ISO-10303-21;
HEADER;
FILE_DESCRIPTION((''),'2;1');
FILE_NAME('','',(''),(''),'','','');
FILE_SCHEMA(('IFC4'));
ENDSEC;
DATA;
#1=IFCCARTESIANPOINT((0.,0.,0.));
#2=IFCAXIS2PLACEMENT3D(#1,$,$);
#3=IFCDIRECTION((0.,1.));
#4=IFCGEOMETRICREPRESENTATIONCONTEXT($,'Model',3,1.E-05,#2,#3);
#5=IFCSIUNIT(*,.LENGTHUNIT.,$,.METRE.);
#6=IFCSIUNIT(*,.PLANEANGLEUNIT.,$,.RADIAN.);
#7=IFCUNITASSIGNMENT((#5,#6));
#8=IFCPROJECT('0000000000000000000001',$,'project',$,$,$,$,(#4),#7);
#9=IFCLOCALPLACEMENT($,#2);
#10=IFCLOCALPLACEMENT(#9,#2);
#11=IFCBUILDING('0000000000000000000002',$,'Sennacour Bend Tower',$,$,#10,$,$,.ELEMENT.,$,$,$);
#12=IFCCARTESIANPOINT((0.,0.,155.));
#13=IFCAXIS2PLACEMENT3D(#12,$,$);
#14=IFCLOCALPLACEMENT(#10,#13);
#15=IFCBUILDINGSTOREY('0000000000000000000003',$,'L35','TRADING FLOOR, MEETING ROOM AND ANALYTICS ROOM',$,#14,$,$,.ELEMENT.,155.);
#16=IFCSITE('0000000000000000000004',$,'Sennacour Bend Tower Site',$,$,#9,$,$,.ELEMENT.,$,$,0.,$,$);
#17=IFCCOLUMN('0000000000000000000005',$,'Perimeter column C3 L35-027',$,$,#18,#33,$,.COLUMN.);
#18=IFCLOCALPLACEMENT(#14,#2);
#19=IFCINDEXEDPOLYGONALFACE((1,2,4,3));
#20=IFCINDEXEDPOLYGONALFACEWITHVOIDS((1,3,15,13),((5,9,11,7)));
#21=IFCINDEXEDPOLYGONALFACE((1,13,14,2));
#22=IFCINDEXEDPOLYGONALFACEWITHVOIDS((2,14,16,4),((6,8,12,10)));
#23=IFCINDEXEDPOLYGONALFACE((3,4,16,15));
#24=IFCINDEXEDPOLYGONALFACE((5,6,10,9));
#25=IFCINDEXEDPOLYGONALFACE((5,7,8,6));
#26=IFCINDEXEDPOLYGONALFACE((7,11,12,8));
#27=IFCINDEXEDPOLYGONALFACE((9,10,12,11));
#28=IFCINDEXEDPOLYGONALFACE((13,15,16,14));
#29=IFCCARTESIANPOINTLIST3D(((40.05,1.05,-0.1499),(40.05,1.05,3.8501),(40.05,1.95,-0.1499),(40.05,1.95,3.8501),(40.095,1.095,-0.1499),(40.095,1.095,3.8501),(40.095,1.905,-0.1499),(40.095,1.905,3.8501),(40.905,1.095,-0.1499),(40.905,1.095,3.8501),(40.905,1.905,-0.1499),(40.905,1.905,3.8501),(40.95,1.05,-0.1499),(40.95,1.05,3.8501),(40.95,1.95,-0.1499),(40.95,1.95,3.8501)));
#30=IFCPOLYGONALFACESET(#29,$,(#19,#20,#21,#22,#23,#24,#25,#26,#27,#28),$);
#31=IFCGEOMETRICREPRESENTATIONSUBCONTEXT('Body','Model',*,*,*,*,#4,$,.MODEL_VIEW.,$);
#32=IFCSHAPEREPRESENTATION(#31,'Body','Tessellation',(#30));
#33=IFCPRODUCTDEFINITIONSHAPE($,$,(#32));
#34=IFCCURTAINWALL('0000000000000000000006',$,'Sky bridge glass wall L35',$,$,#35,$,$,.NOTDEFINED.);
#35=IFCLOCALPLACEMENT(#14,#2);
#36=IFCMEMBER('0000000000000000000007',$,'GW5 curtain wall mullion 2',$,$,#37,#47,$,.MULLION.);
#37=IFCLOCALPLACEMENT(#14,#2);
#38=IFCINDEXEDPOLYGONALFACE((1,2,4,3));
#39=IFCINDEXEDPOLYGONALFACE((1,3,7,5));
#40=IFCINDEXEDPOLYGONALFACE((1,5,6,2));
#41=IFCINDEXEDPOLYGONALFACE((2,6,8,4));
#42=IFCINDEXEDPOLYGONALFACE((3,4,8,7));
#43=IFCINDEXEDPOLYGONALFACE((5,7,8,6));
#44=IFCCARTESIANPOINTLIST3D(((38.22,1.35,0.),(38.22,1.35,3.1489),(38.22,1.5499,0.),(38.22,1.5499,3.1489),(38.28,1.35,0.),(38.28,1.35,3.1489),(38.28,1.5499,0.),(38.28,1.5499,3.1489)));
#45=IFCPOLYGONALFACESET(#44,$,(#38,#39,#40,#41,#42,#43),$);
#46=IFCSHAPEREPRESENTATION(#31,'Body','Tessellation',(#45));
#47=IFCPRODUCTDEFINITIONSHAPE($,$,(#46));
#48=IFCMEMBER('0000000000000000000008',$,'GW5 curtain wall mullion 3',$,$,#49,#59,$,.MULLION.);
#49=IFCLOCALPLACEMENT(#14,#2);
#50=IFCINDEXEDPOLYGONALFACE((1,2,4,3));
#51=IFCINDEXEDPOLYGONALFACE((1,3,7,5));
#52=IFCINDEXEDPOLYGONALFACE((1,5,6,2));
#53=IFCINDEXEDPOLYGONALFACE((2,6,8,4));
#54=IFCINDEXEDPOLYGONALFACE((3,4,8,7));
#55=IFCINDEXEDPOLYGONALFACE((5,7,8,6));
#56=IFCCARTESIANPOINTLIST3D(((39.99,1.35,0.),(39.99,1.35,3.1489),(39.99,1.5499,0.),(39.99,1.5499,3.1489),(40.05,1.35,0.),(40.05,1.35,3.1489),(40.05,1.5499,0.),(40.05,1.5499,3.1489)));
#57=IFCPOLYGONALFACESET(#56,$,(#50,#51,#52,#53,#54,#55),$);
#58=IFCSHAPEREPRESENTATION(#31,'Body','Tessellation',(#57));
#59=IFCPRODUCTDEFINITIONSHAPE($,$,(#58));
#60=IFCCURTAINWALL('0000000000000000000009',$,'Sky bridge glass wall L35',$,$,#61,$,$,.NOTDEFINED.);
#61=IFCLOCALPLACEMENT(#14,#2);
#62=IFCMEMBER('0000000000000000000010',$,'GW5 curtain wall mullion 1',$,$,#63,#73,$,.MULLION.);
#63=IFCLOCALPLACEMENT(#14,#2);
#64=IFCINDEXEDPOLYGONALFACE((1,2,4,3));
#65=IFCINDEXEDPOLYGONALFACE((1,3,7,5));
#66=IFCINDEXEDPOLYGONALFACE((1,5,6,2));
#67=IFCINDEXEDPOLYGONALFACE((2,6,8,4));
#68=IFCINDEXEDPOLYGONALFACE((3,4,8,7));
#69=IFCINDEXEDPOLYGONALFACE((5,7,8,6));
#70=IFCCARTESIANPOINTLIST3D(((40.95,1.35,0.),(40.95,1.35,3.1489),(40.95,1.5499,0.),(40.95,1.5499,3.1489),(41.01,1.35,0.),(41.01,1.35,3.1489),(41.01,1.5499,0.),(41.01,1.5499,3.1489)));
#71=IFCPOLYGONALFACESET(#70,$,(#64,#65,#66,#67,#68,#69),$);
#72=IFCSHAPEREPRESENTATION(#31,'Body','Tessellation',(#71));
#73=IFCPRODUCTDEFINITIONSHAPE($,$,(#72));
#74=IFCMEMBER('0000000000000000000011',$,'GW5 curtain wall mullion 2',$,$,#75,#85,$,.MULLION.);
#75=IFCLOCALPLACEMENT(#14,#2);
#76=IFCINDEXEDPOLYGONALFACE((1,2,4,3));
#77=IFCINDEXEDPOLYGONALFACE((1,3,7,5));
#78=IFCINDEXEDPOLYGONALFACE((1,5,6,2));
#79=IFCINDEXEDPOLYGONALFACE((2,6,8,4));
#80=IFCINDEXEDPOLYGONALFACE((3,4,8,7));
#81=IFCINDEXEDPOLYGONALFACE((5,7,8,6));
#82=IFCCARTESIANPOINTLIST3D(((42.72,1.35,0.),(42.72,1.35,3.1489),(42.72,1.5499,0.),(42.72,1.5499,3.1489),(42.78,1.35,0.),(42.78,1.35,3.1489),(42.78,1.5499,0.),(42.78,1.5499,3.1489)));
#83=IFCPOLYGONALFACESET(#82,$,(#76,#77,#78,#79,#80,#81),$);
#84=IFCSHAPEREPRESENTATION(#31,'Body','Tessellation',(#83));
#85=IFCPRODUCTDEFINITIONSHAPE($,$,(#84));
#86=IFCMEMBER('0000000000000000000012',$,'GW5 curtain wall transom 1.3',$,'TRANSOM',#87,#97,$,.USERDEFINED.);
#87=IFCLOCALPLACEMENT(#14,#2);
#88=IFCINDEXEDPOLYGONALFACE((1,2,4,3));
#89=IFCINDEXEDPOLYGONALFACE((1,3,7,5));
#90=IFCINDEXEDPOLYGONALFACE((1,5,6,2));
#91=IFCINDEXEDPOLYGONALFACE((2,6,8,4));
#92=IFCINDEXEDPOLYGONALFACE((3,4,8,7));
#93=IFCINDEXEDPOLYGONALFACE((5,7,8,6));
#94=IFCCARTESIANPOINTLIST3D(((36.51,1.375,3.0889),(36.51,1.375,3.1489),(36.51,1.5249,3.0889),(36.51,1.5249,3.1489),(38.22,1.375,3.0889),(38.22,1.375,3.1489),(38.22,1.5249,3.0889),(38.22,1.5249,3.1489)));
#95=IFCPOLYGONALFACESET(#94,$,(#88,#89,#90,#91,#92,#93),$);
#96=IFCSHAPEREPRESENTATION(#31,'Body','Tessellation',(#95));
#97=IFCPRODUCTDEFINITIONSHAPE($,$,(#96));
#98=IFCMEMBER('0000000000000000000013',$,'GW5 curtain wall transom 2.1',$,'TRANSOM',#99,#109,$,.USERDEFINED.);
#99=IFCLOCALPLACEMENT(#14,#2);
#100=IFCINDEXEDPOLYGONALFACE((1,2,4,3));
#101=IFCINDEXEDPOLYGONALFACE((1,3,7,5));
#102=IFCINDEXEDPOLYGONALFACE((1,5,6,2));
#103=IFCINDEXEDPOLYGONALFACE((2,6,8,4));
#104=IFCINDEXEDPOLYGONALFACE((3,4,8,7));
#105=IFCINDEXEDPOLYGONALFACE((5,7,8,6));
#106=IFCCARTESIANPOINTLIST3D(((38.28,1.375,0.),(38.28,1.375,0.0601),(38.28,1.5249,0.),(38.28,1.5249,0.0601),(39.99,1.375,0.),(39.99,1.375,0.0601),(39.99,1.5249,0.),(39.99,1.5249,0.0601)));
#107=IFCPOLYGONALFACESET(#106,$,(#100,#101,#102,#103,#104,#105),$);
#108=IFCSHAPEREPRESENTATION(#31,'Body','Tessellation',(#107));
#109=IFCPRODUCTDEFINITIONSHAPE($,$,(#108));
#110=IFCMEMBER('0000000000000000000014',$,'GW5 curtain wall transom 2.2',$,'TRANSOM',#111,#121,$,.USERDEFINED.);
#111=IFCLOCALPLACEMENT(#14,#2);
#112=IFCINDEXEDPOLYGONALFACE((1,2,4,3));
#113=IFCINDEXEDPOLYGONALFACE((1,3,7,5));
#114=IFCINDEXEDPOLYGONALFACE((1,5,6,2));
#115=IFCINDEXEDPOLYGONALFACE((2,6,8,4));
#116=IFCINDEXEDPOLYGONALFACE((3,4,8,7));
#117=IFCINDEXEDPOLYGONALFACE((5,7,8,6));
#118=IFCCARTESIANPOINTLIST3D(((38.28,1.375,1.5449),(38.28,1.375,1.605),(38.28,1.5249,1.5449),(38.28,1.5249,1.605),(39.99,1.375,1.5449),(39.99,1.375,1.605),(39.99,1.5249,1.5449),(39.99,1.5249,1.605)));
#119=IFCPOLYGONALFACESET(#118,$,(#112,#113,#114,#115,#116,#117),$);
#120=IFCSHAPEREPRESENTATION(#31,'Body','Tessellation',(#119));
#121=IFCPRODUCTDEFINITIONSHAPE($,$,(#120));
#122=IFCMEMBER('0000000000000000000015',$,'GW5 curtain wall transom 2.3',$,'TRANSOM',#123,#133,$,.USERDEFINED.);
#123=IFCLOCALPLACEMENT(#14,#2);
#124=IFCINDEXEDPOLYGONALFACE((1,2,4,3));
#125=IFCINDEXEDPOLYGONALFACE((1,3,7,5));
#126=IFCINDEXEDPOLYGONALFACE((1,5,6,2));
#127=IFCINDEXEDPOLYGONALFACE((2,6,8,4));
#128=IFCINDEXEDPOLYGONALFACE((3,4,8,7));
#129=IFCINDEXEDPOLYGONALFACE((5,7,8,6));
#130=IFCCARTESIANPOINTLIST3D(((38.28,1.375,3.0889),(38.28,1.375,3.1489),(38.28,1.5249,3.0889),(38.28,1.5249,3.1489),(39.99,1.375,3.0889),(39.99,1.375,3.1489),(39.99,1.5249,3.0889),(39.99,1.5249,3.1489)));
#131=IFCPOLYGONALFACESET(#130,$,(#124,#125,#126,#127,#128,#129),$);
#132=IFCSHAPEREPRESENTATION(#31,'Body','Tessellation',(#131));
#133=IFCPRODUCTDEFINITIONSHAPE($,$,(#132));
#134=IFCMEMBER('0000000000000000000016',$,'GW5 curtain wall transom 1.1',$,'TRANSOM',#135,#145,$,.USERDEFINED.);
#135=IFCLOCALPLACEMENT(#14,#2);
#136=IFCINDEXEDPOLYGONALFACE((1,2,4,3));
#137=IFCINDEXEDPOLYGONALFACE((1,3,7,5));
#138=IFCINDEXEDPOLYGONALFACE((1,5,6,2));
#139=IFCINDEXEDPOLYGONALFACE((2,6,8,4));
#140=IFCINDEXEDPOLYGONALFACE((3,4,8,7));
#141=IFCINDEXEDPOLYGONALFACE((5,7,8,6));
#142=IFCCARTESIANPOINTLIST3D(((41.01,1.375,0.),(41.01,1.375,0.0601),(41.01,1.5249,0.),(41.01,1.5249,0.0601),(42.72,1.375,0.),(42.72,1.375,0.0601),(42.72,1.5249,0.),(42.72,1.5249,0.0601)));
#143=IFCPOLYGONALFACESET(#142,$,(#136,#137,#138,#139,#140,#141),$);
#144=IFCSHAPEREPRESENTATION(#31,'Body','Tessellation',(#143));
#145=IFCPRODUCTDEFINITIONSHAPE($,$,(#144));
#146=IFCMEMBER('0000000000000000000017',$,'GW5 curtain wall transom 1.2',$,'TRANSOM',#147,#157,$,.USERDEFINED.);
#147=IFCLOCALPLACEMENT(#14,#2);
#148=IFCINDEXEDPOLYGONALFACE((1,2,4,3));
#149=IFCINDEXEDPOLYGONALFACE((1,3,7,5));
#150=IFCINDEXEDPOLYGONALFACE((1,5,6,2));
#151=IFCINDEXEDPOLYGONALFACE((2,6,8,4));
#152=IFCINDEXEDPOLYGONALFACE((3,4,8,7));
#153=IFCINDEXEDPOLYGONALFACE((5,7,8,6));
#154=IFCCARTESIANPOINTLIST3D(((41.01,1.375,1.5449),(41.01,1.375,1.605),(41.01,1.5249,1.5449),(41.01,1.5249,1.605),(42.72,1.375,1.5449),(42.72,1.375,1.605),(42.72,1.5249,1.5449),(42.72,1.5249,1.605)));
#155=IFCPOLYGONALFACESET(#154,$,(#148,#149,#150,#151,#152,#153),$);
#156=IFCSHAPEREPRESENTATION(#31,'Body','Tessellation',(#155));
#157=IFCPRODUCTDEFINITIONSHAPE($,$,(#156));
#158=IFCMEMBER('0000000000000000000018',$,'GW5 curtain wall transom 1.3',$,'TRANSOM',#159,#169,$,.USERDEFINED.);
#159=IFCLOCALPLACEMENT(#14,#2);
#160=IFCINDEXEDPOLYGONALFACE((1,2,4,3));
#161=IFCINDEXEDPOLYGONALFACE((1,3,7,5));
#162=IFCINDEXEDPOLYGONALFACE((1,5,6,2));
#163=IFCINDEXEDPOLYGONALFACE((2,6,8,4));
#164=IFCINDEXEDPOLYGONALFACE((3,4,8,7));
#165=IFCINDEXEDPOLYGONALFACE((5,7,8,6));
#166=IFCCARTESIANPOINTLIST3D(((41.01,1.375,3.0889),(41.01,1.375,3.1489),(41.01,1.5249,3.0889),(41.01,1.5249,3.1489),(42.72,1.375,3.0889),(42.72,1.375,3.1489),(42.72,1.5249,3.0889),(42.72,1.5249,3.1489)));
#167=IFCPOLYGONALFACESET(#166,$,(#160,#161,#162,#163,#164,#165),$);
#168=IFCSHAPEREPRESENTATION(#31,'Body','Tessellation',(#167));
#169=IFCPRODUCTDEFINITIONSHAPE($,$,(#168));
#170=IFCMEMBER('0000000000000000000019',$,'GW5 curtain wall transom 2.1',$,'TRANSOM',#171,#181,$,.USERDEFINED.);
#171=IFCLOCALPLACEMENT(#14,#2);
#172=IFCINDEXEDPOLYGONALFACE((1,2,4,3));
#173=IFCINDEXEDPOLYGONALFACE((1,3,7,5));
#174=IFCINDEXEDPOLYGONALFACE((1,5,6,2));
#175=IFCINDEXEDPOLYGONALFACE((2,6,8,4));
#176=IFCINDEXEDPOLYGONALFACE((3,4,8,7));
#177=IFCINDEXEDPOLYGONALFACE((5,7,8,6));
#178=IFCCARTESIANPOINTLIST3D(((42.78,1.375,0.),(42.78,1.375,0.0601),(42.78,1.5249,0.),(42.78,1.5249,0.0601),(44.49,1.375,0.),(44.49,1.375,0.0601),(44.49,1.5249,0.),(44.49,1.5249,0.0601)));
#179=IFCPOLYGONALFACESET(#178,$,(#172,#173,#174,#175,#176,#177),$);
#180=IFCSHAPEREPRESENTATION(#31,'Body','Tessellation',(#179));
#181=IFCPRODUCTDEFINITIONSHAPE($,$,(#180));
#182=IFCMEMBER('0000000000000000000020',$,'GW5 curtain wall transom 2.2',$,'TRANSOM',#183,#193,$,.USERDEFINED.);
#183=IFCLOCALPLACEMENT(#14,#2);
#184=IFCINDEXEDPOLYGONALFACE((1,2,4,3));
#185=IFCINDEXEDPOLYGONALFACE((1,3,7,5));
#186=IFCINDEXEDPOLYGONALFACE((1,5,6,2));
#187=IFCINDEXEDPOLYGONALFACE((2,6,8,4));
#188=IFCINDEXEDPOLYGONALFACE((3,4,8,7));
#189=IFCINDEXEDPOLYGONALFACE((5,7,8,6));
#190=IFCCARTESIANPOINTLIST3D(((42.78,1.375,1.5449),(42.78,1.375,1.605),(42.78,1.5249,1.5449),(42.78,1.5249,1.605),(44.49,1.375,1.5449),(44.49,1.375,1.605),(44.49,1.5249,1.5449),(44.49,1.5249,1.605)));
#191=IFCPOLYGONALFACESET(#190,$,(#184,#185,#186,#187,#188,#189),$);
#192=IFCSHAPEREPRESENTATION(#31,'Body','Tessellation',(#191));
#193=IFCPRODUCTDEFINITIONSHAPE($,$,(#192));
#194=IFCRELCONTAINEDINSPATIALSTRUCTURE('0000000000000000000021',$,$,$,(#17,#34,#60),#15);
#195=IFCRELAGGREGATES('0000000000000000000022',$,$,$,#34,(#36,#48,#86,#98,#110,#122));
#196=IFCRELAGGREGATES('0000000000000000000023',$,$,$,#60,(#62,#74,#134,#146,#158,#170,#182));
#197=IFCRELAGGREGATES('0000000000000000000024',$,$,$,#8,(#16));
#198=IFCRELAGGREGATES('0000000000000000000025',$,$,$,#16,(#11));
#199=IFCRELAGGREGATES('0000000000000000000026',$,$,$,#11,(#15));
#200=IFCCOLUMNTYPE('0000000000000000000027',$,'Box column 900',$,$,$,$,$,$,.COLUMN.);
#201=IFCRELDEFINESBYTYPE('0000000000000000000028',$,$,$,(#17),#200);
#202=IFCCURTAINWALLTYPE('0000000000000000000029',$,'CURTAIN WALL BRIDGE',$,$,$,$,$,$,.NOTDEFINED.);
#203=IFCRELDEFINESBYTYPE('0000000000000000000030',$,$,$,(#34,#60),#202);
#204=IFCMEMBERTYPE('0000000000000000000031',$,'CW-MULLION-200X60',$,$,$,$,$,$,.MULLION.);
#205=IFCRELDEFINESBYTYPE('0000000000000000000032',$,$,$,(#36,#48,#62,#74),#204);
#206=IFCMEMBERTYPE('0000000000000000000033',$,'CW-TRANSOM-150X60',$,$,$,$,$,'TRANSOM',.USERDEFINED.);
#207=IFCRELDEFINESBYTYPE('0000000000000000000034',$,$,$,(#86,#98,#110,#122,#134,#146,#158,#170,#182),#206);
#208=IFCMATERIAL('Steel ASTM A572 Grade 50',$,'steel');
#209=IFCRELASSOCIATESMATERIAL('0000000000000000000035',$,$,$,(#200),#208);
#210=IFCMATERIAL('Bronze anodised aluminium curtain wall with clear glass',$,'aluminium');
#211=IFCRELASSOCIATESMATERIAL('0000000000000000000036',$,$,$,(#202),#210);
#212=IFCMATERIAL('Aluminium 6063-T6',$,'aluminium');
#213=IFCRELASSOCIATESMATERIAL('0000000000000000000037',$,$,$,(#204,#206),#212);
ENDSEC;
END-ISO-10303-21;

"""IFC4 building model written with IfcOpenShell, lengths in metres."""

from ifc_helpers import new_model, si_unit, direction, frame, origin, origin_2d, place, context, subcontext, project, spatial, rectangle, hollow_rectangle, extrude, material, material_profile, profile_set, type_object, element, aggregate, save


model = new_model("IFC4")

# Units and contexts
model_context = context("Model", 3, precision=1e-05, world=origin(), true_north=direction((0.0, 1.0)))
body_context = subcontext(model_context, "Body", "Model", "MODEL_VIEW")
ifc_project = project(units=[si_unit("LENGTHUNIT", "METRE"), si_unit("PLANEANGLEUNIT", "RADIAN")], contexts=[model_context])

# Site, building, storey
site_placement = place(None, origin())
site = spatial("IfcSite", under=ifc_project, at=site_placement, Name="Sennacour Bend Tower Site", CompositionType="ELEMENT", RefElevation=0.0)
building_placement = place(site_placement, origin())
building = spatial("IfcBuilding", under=site, at=building_placement, Name="Sennacour Bend Tower", CompositionType="ELEMENT")
storey_placement = place(building_placement, frame((0.0, 0.0, 155.0)))
storey = spatial("IfcBuildingStorey", under=building, at=storey_placement, Name="L35", Description="TRADING FLOOR, MEETING ROOM AND ANALYTICS ROOM", CompositionType="ELEMENT", Elevation=155.0)

# Column
ifc_material_1 = material(Name="Steel ASTM A572 Grade 50", Category="steel")
ifc_material_profile_1 = material_profile(ifc_material_1, hollow_rectangle(XDim=0.8999, YDim=0.8999, WallThickness=0.0449, at=origin_2d()), Name="Steel ASTM A572 Grade 50", Category="steel")
ifc_profile_set_1 = profile_set([ifc_material_profile_1], Name="Steel ASTM A572 Grade 50")
column_type = type_object("IfcColumnType", Name="Box column 900", PredefinedType="COLUMN", material=ifc_profile_set_1)
column_placement = place(storey_placement, frame((40.5, 1.5, -0.1499), z_axis=(0.0, 0.0, 1.0), x_axis=(1.0, 0.0, 0.0)))
element("IfcColumn", 1, at=column_placement, inside=storey, type_object=column_type, Name="Perimeter column C3 L35-027", PredefinedType="COLUMN", context=body_context, shape_type="SweptSolid", body=[
    extrude(hollow_rectangle(XDim=0.8999, YDim=0.8999, WallThickness=0.0449, at=origin_2d()), origin(), (0.0, 0.0, 1.0), 4.0),
])

# Curtain walls, members
ifc_material_2 = material(Name="Bronze anodised aluminium curtain wall with clear glass", Category="aluminium")
curtain_wall_type = type_object("IfcCurtainWallType", Name="CURTAIN WALL BRIDGE", PredefinedType="NOTDEFINED", material=ifc_material_2)
curtain_wall_1_placement = place(storey_placement, origin())
curtain_wall_1 = element("IfcCurtainWall", 2, at=curtain_wall_1_placement, inside=storey, type_object=curtain_wall_type, Name="Sky bridge glass wall L35", PredefinedType="NOTDEFINED")
ifc_material_3 = material(Name="Aluminium 6063-T6", Category="aluminium")
ifc_material_profile_2 = material_profile(ifc_material_3, rectangle(XDim=0.2, YDim=0.0601, at=origin_2d()), Name="Aluminium 6063-T6", Category="aluminium")
ifc_profile_set_2 = profile_set([ifc_material_profile_2], Name="Aluminium 6063-T6")
member_type_1 = type_object("IfcMemberType", Name="CW-MULLION-200X60", PredefinedType="MULLION", material=ifc_profile_set_2)
member_1_placement = place(storey_placement, frame((38.25, 1.45, 0.0), z_axis=(0.0, 0.0, 1.0), x_axis=(0.0, 1.0, 0.0)))
member_1 = element("IfcMember", 3, at=member_1_placement, type_object=member_type_1, Name="GW5 curtain wall mullion 2", PredefinedType="MULLION", context=body_context, shape_type="SweptSolid", body=[
    extrude(rectangle(XDim=0.2, YDim=0.0601, at=origin_2d()), origin(), (0.0, 0.0, 1.0), 3.1489),
])
member_2_placement = place(storey_placement, frame((40.02, 1.45, 0.0), z_axis=(0.0, 0.0, 1.0), x_axis=(0.0, 1.0, 0.0)))
member_2 = element("IfcMember", 4, at=member_2_placement, type_object=member_type_1, Name="GW5 curtain wall mullion 3", PredefinedType="MULLION", context=body_context, shape_type="SweptSolid", body=[
    extrude(rectangle(XDim=0.2, YDim=0.0601, at=origin_2d()), origin(), (0.0, 0.0, 1.0), 3.1489),
])
curtain_wall_2_placement = place(storey_placement, origin())
curtain_wall_2 = element("IfcCurtainWall", 5, at=curtain_wall_2_placement, inside=storey, type_object=curtain_wall_type, Name="Sky bridge glass wall L35", PredefinedType="NOTDEFINED")
member_3_placement = place(storey_placement, frame((40.98, 1.45, 0.0), z_axis=(0.0, 0.0, 1.0), x_axis=(0.0, 1.0, 0.0)))
member_3 = element("IfcMember", 6, at=member_3_placement, type_object=member_type_1, Name="GW5 curtain wall mullion 1", PredefinedType="MULLION", context=body_context, shape_type="SweptSolid", body=[
    extrude(rectangle(XDim=0.2, YDim=0.0601, at=origin_2d()), origin(), (0.0, 0.0, 1.0), 3.1489),
])
member_4_placement = place(storey_placement, frame((42.75, 1.45, 0.0), z_axis=(0.0, 0.0, 1.0), x_axis=(0.0, 1.0, 0.0)))
member_4 = element("IfcMember", 7, at=member_4_placement, type_object=member_type_1, Name="GW5 curtain wall mullion 2", PredefinedType="MULLION", context=body_context, shape_type="SweptSolid", body=[
    extrude(rectangle(XDim=0.2, YDim=0.0601, at=origin_2d()), origin(), (0.0, 0.0, 1.0), 3.1489),
])

# Members
ifc_material_profile_3 = material_profile(ifc_material_3, rectangle(XDim=0.1499, YDim=0.0601, at=origin_2d()), Name="Aluminium 6063-T6", Category="aluminium")
ifc_profile_set_3 = profile_set([ifc_material_profile_3], Name="Aluminium 6063-T6")
member_type_2 = type_object("IfcMemberType", Name="CW-TRANSOM-150X60", ElementType="TRANSOM", PredefinedType="USERDEFINED", material=ifc_profile_set_3)
member_5_placement = place(storey_placement, frame((36.51, 1.45, 3.1189), z_axis=(1.0, 0.0, 0.0), x_axis=(0.0, 1.0, 0.0)))
member_5 = element("IfcMember", 8, at=member_5_placement, type_object=member_type_2, Name="GW5 curtain wall transom 1.3", ObjectType="TRANSOM", PredefinedType="USERDEFINED", context=body_context, shape_type="SweptSolid", body=[
    extrude(rectangle(XDim=0.1499, YDim=0.0601, at=origin_2d()), origin(), (0.0, 0.0, 1.0), 1.71),
])
member_6_placement = place(storey_placement, frame((38.28, 1.45, 0.03), z_axis=(1.0, 0.0, 0.0), x_axis=(0.0, 1.0, 0.0)))
member_6 = element("IfcMember", 9, at=member_6_placement, type_object=member_type_2, Name="GW5 curtain wall transom 2.1", ObjectType="TRANSOM", PredefinedType="USERDEFINED", context=body_context, shape_type="SweptSolid", body=[
    extrude(rectangle(XDim=0.1499, YDim=0.0601, at=origin_2d()), origin(), (0.0, 0.0, 1.0), 1.71),
])
member_7_placement = place(storey_placement, frame((38.28, 1.45, 1.575), z_axis=(1.0, 0.0, 0.0), x_axis=(0.0, 1.0, 0.0)))
member_7 = element("IfcMember", 10, at=member_7_placement, type_object=member_type_2, Name="GW5 curtain wall transom 2.2", ObjectType="TRANSOM", PredefinedType="USERDEFINED", context=body_context, shape_type="SweptSolid", body=[
    extrude(rectangle(XDim=0.1499, YDim=0.0601, at=origin_2d()), origin(), (0.0, 0.0, 1.0), 1.71),
])
member_8_placement = place(storey_placement, frame((38.28, 1.45, 3.1189), z_axis=(1.0, 0.0, 0.0), x_axis=(0.0, 1.0, 0.0)))
member_8 = element("IfcMember", 11, at=member_8_placement, type_object=member_type_2, Name="GW5 curtain wall transom 2.3", ObjectType="TRANSOM", PredefinedType="USERDEFINED", context=body_context, shape_type="SweptSolid", body=[
    extrude(rectangle(XDim=0.1499, YDim=0.0601, at=origin_2d()), origin(), (0.0, 0.0, 1.0), 1.71),
])
member_9_placement = place(storey_placement, frame((41.01, 1.45, 0.03), z_axis=(1.0, 0.0, 0.0), x_axis=(0.0, 1.0, 0.0)))
member_9 = element("IfcMember", 12, at=member_9_placement, type_object=member_type_2, Name="GW5 curtain wall transom 1.1", ObjectType="TRANSOM", PredefinedType="USERDEFINED", context=body_context, shape_type="SweptSolid", body=[
    extrude(rectangle(XDim=0.1499, YDim=0.0601, at=origin_2d()), origin(), (0.0, 0.0, 1.0), 1.71),
])
member_10_placement = place(storey_placement, frame((41.01, 1.45, 1.575), z_axis=(1.0, 0.0, 0.0), x_axis=(0.0, 1.0, 0.0)))
member_10 = element("IfcMember", 13, at=member_10_placement, type_object=member_type_2, Name="GW5 curtain wall transom 1.2", ObjectType="TRANSOM", PredefinedType="USERDEFINED", context=body_context, shape_type="SweptSolid", body=[
    extrude(rectangle(XDim=0.1499, YDim=0.0601, at=origin_2d()), origin(), (0.0, 0.0, 1.0), 1.71),
])
member_11_placement = place(storey_placement, frame((41.01, 1.45, 3.1189), z_axis=(1.0, 0.0, 0.0), x_axis=(0.0, 1.0, 0.0)))
member_11 = element("IfcMember", 14, at=member_11_placement, type_object=member_type_2, Name="GW5 curtain wall transom 1.3", ObjectType="TRANSOM", PredefinedType="USERDEFINED", context=body_context, shape_type="SweptSolid", body=[
    extrude(rectangle(XDim=0.1499, YDim=0.0601, at=origin_2d()), origin(), (0.0, 0.0, 1.0), 1.71),
])
member_12_placement = place(storey_placement, frame((42.78, 1.45, 0.03), z_axis=(1.0, 0.0, 0.0), x_axis=(0.0, 1.0, 0.0)))
member_12 = element("IfcMember", 15, at=member_12_placement, type_object=member_type_2, Name="GW5 curtain wall transom 2.1", ObjectType="TRANSOM", PredefinedType="USERDEFINED", context=body_context, shape_type="SweptSolid", body=[
    extrude(rectangle(XDim=0.1499, YDim=0.0601, at=origin_2d()), origin(), (0.0, 0.0, 1.0), 1.71),
])
member_13_placement = place(storey_placement, frame((42.78, 1.45, 1.575), z_axis=(1.0, 0.0, 0.0), x_axis=(0.0, 1.0, 0.0)))
member_13 = element("IfcMember", 16, at=member_13_placement, type_object=member_type_2, Name="GW5 curtain wall transom 2.2", ObjectType="TRANSOM", PredefinedType="USERDEFINED", context=body_context, shape_type="SweptSolid", body=[
    extrude(rectangle(XDim=0.1499, YDim=0.0601, at=origin_2d()), origin(), (0.0, 0.0, 1.0), 1.71),
])

aggregate(curtain_wall_1, [member_1, member_2, member_5, member_6, member_7, member_8])
aggregate(curtain_wall_2, [member_3, member_4, member_9, member_10, member_11, member_12, member_13])

save(model, "model.ifc")
